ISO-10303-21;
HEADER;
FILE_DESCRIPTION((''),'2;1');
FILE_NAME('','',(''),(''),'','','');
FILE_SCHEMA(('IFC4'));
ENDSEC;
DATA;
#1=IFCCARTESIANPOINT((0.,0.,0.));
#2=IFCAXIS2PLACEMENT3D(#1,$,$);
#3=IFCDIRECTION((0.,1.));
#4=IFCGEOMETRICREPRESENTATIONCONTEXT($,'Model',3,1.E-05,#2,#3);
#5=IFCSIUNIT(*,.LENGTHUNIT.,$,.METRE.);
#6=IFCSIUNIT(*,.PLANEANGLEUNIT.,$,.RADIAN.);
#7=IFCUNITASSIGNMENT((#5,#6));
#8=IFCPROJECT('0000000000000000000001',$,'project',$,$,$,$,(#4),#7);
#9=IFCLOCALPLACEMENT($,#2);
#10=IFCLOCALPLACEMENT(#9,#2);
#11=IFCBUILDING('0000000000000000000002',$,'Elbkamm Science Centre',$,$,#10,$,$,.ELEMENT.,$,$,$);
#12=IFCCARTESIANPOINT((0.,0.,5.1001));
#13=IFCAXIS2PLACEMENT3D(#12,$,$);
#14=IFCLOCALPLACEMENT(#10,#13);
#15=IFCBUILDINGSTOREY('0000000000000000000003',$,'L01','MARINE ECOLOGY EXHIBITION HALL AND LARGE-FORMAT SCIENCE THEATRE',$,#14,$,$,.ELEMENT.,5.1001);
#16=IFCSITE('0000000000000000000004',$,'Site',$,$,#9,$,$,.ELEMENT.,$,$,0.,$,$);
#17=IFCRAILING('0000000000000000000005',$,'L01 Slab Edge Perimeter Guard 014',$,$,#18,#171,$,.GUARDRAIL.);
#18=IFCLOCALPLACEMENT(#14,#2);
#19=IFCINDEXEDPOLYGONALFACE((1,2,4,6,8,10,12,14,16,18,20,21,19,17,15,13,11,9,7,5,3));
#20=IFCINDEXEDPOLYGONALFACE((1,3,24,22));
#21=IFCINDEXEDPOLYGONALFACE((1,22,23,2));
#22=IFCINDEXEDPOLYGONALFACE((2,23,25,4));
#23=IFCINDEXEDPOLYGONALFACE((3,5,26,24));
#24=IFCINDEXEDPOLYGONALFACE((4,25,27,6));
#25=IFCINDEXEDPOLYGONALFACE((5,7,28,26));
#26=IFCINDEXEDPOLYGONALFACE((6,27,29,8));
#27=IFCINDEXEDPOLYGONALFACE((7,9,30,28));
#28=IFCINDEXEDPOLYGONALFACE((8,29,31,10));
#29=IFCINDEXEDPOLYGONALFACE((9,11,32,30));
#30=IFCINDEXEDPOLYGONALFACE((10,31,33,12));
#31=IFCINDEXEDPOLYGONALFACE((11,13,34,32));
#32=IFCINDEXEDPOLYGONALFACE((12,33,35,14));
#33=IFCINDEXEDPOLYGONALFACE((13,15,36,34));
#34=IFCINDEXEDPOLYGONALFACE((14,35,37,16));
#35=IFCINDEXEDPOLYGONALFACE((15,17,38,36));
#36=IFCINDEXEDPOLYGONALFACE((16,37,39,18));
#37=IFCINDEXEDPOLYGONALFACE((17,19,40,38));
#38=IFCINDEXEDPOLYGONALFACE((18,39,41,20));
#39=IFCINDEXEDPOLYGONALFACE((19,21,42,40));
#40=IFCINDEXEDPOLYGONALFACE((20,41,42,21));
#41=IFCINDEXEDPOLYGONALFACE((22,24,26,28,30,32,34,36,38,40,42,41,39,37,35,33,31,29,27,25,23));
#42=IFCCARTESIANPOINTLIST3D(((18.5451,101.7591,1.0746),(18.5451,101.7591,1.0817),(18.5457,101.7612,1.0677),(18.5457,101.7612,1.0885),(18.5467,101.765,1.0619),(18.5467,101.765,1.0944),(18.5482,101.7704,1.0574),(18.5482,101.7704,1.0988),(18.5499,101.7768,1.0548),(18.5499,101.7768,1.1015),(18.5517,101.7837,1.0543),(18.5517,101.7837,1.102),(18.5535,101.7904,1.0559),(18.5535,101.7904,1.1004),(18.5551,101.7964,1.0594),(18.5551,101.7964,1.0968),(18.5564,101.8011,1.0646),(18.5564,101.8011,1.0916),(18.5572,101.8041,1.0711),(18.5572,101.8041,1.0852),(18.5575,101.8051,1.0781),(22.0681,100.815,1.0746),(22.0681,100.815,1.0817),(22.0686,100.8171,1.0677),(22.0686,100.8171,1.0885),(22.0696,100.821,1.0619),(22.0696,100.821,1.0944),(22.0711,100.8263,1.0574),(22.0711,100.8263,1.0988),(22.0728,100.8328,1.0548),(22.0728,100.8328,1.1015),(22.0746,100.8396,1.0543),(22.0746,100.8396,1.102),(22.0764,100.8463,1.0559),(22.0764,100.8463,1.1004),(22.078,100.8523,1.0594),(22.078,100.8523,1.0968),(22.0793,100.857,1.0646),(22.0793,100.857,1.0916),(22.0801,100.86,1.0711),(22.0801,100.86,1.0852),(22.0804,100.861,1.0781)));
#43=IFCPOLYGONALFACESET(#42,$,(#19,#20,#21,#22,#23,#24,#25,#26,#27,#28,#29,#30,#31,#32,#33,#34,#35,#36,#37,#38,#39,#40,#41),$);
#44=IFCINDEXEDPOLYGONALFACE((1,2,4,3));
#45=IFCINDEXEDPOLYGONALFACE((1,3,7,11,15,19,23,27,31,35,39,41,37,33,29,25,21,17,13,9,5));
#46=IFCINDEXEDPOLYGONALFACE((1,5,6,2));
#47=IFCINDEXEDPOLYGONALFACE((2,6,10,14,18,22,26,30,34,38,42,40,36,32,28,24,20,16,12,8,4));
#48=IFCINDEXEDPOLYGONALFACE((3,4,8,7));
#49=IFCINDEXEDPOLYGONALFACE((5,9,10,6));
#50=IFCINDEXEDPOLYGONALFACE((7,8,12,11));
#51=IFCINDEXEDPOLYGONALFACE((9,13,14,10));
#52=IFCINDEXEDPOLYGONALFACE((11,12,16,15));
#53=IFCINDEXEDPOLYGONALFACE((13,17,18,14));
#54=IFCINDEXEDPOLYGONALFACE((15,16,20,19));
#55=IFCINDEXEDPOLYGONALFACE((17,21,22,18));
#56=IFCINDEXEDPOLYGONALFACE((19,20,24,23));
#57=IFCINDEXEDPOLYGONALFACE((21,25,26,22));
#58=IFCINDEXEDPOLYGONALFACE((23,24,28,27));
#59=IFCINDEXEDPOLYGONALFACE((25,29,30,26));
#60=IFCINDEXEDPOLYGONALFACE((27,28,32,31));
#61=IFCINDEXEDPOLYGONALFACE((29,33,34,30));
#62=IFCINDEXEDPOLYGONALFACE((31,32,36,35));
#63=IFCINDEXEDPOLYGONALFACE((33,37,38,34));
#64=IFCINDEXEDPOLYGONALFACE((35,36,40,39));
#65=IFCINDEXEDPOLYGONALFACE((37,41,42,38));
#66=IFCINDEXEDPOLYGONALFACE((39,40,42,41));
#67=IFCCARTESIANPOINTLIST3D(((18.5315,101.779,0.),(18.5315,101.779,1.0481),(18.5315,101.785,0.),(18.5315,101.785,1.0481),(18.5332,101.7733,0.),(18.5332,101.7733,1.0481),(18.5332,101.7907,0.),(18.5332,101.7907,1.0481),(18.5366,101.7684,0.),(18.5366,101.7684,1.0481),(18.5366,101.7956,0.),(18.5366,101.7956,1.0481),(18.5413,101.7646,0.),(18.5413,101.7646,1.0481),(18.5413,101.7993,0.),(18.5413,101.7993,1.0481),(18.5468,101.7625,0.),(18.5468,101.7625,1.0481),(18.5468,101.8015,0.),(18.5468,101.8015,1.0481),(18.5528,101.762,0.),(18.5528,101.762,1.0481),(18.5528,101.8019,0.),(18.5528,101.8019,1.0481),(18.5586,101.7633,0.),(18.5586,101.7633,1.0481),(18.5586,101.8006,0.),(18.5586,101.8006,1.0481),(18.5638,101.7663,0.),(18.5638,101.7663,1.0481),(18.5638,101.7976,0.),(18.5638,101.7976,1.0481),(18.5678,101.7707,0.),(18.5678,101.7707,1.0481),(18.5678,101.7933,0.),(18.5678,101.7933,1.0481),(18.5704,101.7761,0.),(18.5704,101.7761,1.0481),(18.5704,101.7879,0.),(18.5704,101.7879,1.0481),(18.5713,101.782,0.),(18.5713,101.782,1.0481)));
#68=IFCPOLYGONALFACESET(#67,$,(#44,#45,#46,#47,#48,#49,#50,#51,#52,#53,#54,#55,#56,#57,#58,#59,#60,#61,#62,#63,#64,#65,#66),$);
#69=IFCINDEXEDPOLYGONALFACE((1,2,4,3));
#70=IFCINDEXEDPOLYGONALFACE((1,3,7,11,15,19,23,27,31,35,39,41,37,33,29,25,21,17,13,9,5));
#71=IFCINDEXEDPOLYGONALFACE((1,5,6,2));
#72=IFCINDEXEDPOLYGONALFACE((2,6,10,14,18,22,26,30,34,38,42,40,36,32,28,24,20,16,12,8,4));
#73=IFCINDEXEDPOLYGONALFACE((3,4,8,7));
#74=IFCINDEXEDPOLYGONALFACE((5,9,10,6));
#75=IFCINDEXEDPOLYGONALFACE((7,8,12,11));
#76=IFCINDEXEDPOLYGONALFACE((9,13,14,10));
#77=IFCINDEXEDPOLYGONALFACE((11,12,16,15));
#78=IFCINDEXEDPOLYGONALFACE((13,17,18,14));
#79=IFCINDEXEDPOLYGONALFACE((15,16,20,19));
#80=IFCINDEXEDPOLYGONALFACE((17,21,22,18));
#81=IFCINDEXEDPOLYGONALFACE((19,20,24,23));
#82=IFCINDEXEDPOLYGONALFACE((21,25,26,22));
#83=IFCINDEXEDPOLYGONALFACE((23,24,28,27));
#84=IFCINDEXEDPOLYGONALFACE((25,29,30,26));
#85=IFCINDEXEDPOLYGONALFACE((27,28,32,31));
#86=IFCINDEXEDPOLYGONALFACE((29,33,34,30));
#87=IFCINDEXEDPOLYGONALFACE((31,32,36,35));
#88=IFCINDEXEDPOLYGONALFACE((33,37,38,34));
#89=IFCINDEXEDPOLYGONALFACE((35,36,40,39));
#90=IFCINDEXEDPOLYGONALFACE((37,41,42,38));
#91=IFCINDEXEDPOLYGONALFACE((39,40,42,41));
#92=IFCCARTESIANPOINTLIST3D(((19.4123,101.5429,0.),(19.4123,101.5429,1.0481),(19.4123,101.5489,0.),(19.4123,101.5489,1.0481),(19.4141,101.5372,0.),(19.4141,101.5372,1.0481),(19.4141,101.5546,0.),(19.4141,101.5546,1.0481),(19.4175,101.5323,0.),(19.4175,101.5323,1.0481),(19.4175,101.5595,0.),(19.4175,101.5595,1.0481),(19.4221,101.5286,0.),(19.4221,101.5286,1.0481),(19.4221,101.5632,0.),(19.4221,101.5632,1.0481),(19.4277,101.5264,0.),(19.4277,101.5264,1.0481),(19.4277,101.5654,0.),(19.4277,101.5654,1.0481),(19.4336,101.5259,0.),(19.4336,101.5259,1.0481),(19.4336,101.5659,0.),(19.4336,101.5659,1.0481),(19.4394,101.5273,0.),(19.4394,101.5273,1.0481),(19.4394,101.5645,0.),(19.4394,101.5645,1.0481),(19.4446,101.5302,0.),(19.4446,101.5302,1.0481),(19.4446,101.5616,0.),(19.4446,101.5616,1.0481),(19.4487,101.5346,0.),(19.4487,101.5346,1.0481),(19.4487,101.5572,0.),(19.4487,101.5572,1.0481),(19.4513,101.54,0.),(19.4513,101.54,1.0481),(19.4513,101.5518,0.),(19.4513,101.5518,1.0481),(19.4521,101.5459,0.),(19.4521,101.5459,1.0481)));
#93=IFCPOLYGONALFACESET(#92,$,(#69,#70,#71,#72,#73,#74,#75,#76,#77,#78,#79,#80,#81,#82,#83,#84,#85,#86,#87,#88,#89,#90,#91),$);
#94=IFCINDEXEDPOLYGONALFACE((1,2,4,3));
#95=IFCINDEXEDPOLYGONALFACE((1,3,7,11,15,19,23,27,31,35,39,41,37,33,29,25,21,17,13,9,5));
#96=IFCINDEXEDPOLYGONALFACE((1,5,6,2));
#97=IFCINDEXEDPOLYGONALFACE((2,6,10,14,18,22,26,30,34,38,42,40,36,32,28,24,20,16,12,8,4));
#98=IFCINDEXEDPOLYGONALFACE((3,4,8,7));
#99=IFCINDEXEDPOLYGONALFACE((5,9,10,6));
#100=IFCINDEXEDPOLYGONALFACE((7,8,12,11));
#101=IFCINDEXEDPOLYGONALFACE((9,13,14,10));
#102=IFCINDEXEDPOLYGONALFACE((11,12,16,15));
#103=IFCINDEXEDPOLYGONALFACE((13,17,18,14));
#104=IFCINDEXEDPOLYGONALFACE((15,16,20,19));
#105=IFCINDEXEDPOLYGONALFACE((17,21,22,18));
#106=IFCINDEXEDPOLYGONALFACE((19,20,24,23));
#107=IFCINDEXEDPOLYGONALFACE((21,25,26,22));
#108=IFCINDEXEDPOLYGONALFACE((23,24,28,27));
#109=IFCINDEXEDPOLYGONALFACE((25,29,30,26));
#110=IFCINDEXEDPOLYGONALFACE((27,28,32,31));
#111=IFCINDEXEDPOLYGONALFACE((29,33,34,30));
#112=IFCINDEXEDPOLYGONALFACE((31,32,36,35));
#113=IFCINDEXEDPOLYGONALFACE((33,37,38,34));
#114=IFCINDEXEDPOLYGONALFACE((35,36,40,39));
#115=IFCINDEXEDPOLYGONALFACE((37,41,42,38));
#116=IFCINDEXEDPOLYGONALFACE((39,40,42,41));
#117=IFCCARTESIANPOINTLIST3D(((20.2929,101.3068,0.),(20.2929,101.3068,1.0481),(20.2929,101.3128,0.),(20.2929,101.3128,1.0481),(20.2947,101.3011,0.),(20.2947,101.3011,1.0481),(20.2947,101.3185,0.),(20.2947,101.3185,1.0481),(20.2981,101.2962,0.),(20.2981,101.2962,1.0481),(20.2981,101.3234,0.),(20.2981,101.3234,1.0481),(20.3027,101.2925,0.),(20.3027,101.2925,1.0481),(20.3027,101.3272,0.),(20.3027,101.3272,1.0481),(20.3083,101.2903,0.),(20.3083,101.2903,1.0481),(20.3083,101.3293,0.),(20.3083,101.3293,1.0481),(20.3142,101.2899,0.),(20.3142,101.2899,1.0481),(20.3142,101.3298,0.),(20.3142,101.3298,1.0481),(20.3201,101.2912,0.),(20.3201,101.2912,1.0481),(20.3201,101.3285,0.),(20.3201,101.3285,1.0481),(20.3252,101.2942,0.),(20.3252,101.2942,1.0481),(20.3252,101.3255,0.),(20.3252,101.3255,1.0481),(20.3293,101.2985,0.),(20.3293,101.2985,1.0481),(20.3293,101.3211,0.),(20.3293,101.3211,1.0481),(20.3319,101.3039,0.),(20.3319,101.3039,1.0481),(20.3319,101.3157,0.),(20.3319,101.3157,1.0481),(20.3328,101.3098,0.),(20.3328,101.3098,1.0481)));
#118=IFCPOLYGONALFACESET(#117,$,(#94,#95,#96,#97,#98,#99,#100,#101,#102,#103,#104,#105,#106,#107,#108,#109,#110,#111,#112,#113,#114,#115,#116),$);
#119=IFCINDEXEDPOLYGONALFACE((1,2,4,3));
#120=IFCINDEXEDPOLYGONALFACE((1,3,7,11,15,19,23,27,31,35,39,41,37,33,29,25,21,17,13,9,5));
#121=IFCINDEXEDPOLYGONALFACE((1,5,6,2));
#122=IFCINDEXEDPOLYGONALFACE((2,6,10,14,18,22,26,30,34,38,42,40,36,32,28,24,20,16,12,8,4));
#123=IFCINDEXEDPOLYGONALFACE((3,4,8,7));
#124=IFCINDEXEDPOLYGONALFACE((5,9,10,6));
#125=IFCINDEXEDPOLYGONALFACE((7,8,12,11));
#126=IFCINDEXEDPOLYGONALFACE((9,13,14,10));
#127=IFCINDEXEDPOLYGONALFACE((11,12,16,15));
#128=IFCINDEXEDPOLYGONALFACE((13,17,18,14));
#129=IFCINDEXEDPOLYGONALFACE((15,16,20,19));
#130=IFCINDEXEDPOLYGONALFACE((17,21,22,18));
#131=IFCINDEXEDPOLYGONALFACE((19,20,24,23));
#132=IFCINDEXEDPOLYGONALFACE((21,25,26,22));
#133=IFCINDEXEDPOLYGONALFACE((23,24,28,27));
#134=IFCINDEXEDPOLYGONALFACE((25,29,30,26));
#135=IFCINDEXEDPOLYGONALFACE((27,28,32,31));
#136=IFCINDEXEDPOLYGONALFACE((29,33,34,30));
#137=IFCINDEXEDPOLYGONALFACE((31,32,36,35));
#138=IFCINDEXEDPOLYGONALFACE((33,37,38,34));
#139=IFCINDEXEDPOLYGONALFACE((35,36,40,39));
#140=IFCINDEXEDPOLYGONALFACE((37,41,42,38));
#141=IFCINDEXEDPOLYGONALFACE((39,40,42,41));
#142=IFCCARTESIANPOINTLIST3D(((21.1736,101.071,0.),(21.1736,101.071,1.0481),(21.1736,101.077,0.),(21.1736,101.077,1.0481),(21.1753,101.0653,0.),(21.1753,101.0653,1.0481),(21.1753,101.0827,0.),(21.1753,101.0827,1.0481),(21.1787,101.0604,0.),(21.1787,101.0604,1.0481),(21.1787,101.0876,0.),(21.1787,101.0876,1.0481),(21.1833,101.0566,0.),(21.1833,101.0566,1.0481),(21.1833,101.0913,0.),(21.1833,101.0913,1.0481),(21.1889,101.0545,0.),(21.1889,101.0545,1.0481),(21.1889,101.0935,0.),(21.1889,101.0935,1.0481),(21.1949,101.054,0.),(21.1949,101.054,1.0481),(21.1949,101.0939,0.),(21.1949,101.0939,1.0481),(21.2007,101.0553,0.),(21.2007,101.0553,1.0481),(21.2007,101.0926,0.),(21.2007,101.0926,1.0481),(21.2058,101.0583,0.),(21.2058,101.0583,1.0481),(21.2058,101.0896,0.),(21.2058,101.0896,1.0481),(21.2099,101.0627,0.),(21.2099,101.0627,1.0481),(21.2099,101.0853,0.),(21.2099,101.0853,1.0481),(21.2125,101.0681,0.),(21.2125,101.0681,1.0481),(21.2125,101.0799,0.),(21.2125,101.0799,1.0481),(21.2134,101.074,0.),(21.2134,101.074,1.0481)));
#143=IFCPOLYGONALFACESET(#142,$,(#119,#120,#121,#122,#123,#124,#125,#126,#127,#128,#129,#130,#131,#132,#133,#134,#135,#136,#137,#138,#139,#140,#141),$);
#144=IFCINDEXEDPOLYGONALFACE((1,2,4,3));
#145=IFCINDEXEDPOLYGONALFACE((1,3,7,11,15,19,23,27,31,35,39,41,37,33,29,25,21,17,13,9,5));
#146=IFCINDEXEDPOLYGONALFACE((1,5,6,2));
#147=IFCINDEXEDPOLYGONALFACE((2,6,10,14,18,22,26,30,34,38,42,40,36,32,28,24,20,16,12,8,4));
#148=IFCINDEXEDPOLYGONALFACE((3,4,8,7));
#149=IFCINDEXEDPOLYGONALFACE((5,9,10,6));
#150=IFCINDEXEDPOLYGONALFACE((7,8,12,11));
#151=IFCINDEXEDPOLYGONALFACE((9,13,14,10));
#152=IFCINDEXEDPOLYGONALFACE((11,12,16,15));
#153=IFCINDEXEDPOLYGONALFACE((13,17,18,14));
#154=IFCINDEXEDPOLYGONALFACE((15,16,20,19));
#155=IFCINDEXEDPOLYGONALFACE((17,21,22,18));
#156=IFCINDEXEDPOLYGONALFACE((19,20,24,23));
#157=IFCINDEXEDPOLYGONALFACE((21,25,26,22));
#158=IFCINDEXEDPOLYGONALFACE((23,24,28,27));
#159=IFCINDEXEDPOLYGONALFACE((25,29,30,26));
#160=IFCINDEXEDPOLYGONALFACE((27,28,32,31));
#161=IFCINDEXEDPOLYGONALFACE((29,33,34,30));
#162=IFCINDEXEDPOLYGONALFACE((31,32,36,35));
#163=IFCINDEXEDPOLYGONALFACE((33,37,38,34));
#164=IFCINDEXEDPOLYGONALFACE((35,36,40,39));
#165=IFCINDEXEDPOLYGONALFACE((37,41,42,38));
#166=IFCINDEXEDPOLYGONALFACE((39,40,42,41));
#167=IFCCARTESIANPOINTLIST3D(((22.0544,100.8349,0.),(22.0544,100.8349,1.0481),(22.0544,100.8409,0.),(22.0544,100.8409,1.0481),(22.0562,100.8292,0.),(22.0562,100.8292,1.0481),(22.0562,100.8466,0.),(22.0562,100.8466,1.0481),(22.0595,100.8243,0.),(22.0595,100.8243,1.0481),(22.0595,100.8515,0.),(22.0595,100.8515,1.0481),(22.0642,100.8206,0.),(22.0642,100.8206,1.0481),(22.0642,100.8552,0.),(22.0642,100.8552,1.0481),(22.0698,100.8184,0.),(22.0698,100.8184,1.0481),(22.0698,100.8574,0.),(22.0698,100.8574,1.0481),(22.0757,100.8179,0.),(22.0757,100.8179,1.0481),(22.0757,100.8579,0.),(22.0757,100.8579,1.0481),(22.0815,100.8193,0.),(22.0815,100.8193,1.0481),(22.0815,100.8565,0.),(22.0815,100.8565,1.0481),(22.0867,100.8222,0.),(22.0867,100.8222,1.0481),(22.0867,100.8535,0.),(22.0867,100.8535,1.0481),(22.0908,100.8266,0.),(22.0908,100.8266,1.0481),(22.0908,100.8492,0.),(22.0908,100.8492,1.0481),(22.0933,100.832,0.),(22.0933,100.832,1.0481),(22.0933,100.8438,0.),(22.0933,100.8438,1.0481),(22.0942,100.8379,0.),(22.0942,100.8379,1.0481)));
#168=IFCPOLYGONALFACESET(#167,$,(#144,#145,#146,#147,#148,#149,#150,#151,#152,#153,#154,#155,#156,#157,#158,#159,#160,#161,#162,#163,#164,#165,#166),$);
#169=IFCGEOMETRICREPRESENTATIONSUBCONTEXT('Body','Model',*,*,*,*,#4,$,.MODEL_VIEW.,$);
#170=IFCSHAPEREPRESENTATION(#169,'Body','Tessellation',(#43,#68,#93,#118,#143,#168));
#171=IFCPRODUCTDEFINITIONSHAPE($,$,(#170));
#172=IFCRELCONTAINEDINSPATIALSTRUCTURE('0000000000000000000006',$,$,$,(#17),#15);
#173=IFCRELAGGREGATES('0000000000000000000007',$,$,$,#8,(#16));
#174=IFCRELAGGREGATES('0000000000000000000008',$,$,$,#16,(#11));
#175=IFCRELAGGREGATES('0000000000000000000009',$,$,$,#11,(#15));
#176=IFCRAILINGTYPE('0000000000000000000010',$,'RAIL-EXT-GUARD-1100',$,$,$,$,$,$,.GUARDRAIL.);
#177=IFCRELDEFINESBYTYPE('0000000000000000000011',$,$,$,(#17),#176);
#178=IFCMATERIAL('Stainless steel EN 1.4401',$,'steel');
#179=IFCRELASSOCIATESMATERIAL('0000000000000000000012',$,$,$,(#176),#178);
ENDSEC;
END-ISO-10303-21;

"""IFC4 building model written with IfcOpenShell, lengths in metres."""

from ifc_helpers import new_model, si_unit, direction, frame, origin, origin_2d, place, context, subcontext, project, spatial, circle, extrude, material, type_object, element, save


model = new_model("IFC4")

# Units and contexts
model_context = context("Model", 3, precision=1e-05, world=origin(), true_north=direction((0.0, 1.0)))
body_context = subcontext(model_context, "Body", "Model", "MODEL_VIEW")
ifc_project = project(units=[si_unit("LENGTHUNIT", "METRE"), si_unit("PLANEANGLEUNIT", "RADIAN")], contexts=[model_context])

# Site, building, storey
site_placement = place(None, origin())
site = spatial("IfcSite", under=ifc_project, at=site_placement, Name="Site", CompositionType="ELEMENT", RefElevation=0.0)
building_placement = place(site_placement, origin())
building = spatial("IfcBuilding", under=site, at=building_placement, Name="Elbkamm Science Centre", CompositionType="ELEMENT")
storey_placement = place(building_placement, frame((0.0, 0.0, 5.1001)))
storey = spatial("IfcBuildingStorey", under=building, at=storey_placement, Name="L01", Description="MARINE ECOLOGY EXHIBITION HALL AND LARGE-FORMAT SCIENCE THEATRE", CompositionType="ELEMENT", Elevation=5.1001)

# Railing
ifc_material_1 = material(Name="Stainless steel EN 1.4401", Category="steel")
railing_type_1 = type_object("IfcRailingType", Name="RAIL-EXT-GUARD-1100", PredefinedType="GUARDRAIL", material=ifc_material_1)
railing_1_placement = place(storey_placement, frame((18.5513, 101.782, 0.0)))
element("IfcRailing", 1, at=railing_1_placement, inside=storey, type_object=railing_type_1, Name="L01 Slab Edge Perimeter Guard 014", PredefinedType="GUARDRAIL", context=body_context, shape_type="SweptSolid", body=[
    extrude(circle(Radius=0.0239, at=origin_2d()), frame((0.0, 0.0, 1.0781), z_axis=(0.965918, -0.25885, 0.0), x_axis=(0.25885, 0.965918, 0.0)), (0.0, 0.0, 1.0), 3.6472),
    extrude(circle(Radius=0.02, at=origin_2d()), origin(), (0.0, 0.0, 1.0), 1.0481),
    extrude(circle(Radius=0.02, at=origin_2d()), frame((0.8809, -0.2361, 0.0)), (0.0, 0.0, 1.0), 1.0481),
    extrude(circle(Radius=0.02, at=origin_2d()), frame((1.7615, -0.4722, 0.0)), (0.0, 0.0, 1.0), 1.0481),
    extrude(circle(Radius=0.02, at=origin_2d()), frame((2.6421, -0.708, 0.0)), (0.0, 0.0, 1.0), 1.0481),
    extrude(circle(Radius=0.02, at=origin_2d()), frame((3.5229, -0.9441, 0.0)), (0.0, 0.0, 1.0), 1.0481),
])

save(model, "model.ifc")
